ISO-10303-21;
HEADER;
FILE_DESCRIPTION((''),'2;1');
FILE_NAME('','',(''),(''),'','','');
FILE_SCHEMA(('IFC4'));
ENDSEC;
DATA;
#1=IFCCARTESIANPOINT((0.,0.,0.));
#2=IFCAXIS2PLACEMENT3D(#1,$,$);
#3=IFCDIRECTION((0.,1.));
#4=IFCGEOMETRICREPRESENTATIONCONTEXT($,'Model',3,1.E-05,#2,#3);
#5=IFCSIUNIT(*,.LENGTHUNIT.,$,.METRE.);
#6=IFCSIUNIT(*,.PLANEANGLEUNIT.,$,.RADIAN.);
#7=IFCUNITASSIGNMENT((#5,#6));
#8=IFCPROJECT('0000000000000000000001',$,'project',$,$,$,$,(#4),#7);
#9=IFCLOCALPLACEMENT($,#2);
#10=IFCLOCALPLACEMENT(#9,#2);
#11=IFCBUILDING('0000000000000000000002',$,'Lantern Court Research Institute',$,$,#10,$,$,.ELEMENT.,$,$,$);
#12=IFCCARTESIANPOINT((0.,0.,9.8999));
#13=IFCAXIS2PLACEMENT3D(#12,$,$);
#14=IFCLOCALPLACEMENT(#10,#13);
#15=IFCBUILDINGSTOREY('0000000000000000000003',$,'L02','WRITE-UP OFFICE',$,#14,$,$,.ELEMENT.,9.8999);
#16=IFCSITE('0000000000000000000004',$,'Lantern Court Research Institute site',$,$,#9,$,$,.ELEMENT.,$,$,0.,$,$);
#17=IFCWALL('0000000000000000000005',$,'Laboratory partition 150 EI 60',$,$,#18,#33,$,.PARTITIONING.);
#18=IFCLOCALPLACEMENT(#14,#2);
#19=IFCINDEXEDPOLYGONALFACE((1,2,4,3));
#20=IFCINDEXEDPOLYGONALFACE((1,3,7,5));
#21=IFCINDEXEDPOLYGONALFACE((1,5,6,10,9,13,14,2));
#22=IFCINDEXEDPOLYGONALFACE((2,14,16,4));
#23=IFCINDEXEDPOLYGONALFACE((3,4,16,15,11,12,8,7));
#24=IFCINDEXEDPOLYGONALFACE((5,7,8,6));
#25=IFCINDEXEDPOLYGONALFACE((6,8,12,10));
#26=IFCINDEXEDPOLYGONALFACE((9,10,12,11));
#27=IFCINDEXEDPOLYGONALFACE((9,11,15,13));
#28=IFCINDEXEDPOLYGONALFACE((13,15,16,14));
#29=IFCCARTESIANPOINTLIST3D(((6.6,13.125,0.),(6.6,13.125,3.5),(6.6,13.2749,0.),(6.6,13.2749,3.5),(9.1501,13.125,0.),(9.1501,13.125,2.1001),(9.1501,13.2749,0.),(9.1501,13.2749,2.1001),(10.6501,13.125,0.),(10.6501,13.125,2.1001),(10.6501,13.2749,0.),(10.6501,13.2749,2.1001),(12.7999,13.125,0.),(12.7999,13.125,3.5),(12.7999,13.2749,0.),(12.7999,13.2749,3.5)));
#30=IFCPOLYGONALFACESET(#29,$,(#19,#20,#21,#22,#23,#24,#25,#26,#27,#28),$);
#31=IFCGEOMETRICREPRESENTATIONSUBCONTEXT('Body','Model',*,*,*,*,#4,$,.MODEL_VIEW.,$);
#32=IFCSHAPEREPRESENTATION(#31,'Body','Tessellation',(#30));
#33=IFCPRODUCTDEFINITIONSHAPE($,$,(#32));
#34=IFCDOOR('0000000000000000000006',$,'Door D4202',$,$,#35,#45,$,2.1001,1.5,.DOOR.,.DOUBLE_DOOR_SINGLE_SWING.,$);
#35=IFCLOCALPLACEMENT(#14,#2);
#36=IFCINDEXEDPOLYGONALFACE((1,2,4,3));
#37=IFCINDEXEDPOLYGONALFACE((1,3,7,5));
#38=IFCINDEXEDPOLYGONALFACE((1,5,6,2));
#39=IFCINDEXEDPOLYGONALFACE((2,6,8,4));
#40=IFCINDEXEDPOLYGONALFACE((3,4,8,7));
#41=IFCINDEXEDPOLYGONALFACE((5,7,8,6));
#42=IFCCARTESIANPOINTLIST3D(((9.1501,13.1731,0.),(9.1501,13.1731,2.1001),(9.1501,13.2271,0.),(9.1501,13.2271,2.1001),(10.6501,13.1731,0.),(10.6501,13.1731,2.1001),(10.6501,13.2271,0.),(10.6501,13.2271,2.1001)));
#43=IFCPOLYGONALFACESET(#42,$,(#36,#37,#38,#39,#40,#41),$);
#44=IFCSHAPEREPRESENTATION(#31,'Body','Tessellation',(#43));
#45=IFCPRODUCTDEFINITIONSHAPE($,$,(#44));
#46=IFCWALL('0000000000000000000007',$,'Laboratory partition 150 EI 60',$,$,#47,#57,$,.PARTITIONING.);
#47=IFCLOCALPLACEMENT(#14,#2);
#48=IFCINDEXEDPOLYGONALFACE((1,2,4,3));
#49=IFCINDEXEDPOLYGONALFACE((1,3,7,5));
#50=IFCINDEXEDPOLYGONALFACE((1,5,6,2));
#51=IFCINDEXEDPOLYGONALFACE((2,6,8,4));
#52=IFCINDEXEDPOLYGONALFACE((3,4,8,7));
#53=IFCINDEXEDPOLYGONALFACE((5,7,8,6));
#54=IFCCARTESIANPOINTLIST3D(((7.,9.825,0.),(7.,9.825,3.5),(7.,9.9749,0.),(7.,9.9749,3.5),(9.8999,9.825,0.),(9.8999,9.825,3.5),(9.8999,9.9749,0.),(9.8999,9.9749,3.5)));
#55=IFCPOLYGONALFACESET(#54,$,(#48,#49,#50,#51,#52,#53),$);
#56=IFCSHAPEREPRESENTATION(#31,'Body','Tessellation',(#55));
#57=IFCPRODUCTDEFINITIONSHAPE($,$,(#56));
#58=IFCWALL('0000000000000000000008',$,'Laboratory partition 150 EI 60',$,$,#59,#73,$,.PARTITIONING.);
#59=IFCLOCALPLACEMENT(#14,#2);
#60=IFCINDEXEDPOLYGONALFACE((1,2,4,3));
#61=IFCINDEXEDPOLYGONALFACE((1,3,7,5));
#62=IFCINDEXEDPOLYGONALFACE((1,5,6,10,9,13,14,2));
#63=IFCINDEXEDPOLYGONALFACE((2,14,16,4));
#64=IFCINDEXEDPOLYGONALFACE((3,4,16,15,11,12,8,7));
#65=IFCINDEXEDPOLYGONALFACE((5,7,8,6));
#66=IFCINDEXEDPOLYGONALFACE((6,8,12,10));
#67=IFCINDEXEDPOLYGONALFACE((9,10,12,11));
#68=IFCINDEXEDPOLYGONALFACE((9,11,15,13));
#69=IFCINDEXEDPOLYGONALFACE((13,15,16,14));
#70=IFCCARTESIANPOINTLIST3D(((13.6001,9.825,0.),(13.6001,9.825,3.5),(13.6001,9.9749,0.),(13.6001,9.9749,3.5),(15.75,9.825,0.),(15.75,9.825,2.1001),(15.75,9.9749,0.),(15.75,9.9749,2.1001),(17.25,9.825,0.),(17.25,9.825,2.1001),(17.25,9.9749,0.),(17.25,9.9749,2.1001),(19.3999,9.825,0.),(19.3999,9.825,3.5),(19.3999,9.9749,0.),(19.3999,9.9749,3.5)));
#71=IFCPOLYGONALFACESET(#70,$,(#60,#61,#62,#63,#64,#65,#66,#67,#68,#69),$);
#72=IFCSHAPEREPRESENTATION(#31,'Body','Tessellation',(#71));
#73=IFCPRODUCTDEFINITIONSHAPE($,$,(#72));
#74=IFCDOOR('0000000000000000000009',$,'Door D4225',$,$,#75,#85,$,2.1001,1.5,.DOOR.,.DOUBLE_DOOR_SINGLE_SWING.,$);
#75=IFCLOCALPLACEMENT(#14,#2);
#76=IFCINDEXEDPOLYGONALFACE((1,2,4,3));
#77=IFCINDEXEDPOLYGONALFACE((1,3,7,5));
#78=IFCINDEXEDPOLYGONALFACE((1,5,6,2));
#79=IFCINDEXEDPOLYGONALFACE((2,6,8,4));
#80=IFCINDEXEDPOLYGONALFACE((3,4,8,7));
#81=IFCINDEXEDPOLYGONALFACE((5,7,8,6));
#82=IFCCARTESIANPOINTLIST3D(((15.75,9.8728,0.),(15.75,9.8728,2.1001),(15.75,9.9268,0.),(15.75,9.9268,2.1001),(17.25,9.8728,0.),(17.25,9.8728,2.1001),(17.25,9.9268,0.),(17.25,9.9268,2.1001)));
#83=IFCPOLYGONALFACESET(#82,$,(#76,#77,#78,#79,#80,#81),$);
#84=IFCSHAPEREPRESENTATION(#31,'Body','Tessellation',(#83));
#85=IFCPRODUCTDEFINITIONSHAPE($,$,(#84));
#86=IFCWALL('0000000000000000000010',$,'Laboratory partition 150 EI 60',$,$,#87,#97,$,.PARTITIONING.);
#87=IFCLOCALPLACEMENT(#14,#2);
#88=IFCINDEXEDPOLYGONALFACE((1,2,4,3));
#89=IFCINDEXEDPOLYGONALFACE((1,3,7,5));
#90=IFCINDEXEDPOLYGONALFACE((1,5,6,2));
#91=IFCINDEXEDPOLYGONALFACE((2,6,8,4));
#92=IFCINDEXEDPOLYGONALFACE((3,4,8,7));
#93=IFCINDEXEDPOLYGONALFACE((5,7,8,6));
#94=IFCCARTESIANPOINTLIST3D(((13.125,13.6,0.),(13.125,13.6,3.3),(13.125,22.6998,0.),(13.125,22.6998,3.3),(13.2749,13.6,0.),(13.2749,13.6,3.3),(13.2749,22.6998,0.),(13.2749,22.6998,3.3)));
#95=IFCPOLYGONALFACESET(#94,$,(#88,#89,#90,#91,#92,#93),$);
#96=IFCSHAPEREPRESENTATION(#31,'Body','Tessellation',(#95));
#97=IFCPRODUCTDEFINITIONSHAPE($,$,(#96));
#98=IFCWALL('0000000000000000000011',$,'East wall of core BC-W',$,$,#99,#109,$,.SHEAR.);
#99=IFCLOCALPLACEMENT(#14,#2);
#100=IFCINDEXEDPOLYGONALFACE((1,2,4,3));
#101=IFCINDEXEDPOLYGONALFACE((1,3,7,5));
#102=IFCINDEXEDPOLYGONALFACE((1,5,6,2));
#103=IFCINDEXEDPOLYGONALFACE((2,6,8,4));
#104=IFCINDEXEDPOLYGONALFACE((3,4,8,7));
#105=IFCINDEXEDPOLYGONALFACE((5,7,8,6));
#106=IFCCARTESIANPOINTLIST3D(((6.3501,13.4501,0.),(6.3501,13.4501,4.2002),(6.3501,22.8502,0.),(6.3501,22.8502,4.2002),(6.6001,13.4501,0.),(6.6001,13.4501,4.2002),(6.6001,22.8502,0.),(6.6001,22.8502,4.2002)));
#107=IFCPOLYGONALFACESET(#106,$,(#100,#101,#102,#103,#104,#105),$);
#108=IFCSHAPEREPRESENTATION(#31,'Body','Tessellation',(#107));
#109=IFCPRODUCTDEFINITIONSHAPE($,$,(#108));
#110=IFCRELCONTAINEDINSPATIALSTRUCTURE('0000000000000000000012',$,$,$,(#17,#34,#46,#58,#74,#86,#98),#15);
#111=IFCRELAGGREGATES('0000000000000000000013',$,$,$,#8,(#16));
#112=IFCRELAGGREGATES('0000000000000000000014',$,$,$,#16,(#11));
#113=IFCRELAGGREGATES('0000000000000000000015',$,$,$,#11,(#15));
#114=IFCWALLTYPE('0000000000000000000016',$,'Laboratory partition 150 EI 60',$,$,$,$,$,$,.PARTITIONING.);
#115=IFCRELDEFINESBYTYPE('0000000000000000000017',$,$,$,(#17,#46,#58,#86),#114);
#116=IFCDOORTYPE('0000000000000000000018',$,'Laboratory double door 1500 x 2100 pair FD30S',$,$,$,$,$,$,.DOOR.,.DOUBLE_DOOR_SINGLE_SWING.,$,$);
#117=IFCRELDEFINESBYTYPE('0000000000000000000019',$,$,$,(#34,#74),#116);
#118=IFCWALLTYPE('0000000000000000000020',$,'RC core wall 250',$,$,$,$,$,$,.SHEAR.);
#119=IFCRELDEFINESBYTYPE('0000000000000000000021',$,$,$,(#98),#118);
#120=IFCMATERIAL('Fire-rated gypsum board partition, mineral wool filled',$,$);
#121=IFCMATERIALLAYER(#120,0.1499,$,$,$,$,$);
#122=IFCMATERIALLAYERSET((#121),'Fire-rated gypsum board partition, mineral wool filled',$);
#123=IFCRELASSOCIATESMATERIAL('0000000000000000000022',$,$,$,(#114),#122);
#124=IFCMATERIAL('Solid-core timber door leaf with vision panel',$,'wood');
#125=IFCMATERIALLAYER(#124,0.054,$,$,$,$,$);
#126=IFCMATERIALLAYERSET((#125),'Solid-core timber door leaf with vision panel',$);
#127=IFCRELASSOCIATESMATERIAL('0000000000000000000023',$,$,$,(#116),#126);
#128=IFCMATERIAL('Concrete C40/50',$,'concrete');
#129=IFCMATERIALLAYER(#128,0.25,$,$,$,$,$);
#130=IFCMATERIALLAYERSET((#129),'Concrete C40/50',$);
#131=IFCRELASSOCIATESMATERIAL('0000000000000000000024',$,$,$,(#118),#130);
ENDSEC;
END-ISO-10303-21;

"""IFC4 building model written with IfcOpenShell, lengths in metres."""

from ifc_helpers import new_model, si_unit, direction, frame, frame_2d, origin, place, context, subcontext, project, spatial, rectangle, extrude, material, layer, layer_set, type_object, element, fill, save


model = new_model("IFC4")

# Units and contexts
model_context = context("Model", 3, precision=1e-05, world=origin(), true_north=direction((0.0, 1.0)))
body_context = subcontext(model_context, "Body", "Model", "MODEL_VIEW")
ifc_project = project(units=[si_unit("LENGTHUNIT", "METRE"), si_unit("PLANEANGLEUNIT", "RADIAN")], contexts=[model_context])

# Site, building, storey
site_placement = place(None, origin())
site = spatial("IfcSite", under=ifc_project, at=site_placement, Name="Lantern Court Research Institute site", CompositionType="ELEMENT", RefElevation=0.0)
building_placement = place(site_placement, origin())
building = spatial("IfcBuilding", under=site, at=building_placement, Name="Lantern Court Research Institute", CompositionType="ELEMENT")
storey_placement = place(building_placement, frame((0.0, 0.0, 9.8999)))
storey = spatial("IfcBuildingStorey", under=building, at=storey_placement, Name="L02", Description="WRITE-UP OFFICE", CompositionType="ELEMENT", Elevation=9.8999)

# Wall, opening, door
ifc_material_1 = material(Name="Fire-rated gypsum board partition, mineral wool filled")
ifc_layer_1 = layer(ifc_material_1, 0.1499)
ifc_layer_set_1 = layer_set([ifc_layer_1], Name="Fire-rated gypsum board partition, mineral wool filled")
wall_type_1 = type_object("IfcWallType", Name="Laboratory partition 150 EI 60", PredefinedType="PARTITIONING", material=ifc_layer_set_1)
wall_1_placement = place(storey_placement, frame((12.8, 13.2, 0.0), z_axis=(0.0, 0.0, 1.0), x_axis=(-1.0, 0.0, 0.0)))
wall_1 = element("IfcWall", 1, at=wall_1_placement, inside=storey, type_object=wall_type_1, Name="Laboratory partition 150 EI 60", PredefinedType="PARTITIONING", context=body_context, shape_type="SweptSolid", body=[
    extrude(rectangle(XDim=6.2, YDim=0.1499, at=frame_2d((3.1001, 0.0))), origin(), (0.0, 0.0, 1.0), 3.5),
])
opening_1_placement = place(wall_1_placement, frame((2.1499, 0.0, 0.0)))
opening_1 = element("IfcOpeningElement", 2, at=opening_1_placement, cuts=wall_1, PredefinedType="OPENING", context=body_context, shape_type="SweptSolid", body=[
    extrude(rectangle(XDim=1.5, YDim=2.1001, at=frame_2d((0.75, 1.05))), frame((0.0, 0.085, 0.0), z_axis=(0.0, -1.0, 0.0), x_axis=(1.0, 0.0, 0.0)), (0.0, 0.0, 1.0), 0.1699),
])
ifc_material_2 = material(Name="Solid-core timber door leaf with vision panel", Category="wood")
ifc_layer_2 = layer(ifc_material_2, 0.054)
ifc_layer_set_2 = layer_set([ifc_layer_2], Name="Solid-core timber door leaf with vision panel")
door_type = type_object("IfcDoorType", Name="Laboratory double door 1500 x 2100 pair FD30S", OperationType="DOUBLE_DOOR_SINGLE_SWING", PredefinedType="DOOR", material=ifc_layer_set_2)
door_1_placement = place(opening_1_placement, origin())
door_1 = element("IfcDoor", 3, at=door_1_placement, inside=storey, type_object=door_type, Name="Door D4202", OperationType="DOUBLE_DOOR_SINGLE_SWING", OverallHeight=2.1001, OverallWidth=1.5, PredefinedType="DOOR", context=body_context, shape_type="SweptSolid", body=[
    extrude(rectangle(XDim=1.5, YDim=2.1001, at=frame_2d((0.75, 1.05))), frame((0.0, 0.0269, 0.0), z_axis=(0.0, -1.0, 0.0), x_axis=(1.0, 0.0, 0.0)), (0.0, 0.0, 1.0), 0.054),
])
fill(opening_1, door_1)

# Wall
wall_2_placement = place(storey_placement, frame((7.0, 9.8999, 0.0), z_axis=(0.0, 0.0, 1.0), x_axis=(1.0, 0.0, 0.0)))
element("IfcWall", 4, at=wall_2_placement, inside=storey, type_object=wall_type_1, Name="Laboratory partition 150 EI 60", PredefinedType="PARTITIONING", context=body_context, shape_type="SweptSolid", body=[
    extrude(rectangle(XDim=2.8999, YDim=0.1499, at=frame_2d((1.45, 0.0))), origin(), (0.0, 0.0, 1.0), 3.5),
])

# Wall, opening, door
wall_3_placement = place(storey_placement, frame((13.6001, 9.8999, 0.0), z_axis=(0.0, 0.0, 1.0), x_axis=(1.0, 0.0, 0.0)))
wall_3 = element("IfcWall", 5, at=wall_3_placement, inside=storey, type_object=wall_type_1, Name="Laboratory partition 150 EI 60", PredefinedType="PARTITIONING", context=body_context, shape_type="SweptSolid", body=[
    extrude(rectangle(XDim=5.7998, YDim=0.1499, at=frame_2d((2.8999, 0.0))), origin(), (0.0, 0.0, 1.0), 3.5),
])
opening_2_placement = place(wall_3_placement, frame((2.1499, 0.0, 0.0)))
opening_2 = element("IfcOpeningElement", 6, at=opening_2_placement, cuts=wall_3, PredefinedType="OPENING", context=body_context, shape_type="SweptSolid", body=[
    extrude(rectangle(XDim=1.5, YDim=2.1001, at=frame_2d((0.75, 1.05))), frame((0.0, 0.085, 0.0), z_axis=(0.0, -1.0, 0.0), x_axis=(1.0, 0.0, 0.0)), (0.0, 0.0, 1.0), 0.1699),
])
door_2_placement = place(opening_2_placement, origin())
door_2 = element("IfcDoor", 7, at=door_2_placement, inside=storey, type_object=door_type, Name="Door D4225", OperationType="DOUBLE_DOOR_SINGLE_SWING", OverallHeight=2.1001, OverallWidth=1.5, PredefinedType="DOOR", context=body_context, shape_type="SweptSolid", body=[
    extrude(rectangle(XDim=1.5, YDim=2.1001, at=frame_2d((0.75, 1.05))), frame((0.0, 0.0269, 0.0), z_axis=(0.0, -1.0, 0.0), x_axis=(1.0, 0.0, 0.0)), (0.0, 0.0, 1.0), 0.054),
])
fill(opening_2, door_2)

# Walls
wall_4_placement = place(storey_placement, frame((13.2, 13.6001, 0.0), z_axis=(0.0, 0.0, 1.0), x_axis=(0.0, 1.0, 0.0)))
element("IfcWall", 8, at=wall_4_placement, inside=storey, type_object=wall_type_1, Name="Laboratory partition 150 EI 60", PredefinedType="PARTITIONING", context=body_context, shape_type="SweptSolid", body=[
    extrude(rectangle(XDim=9.0999, YDim=0.1499, at=frame_2d((4.5498, 0.0))), origin(), (0.0, 0.0, 1.0), 3.3),
])
ifc_material_3 = material(Name="Concrete C40/50", Category="concrete")
ifc_layer_3 = layer(ifc_material_3, 0.25)
ifc_layer_set_3 = layer_set([ifc_layer_3], Name="Concrete C40/50")
wall_type_2 = type_object("IfcWallType", Name="RC core wall 250", PredefinedType="SHEAR", material=ifc_layer_set_3)
wall_5_placement = place(storey_placement, frame((6.4751, 13.45, 0.0), z_axis=(0.0, 0.0, 1.0), x_axis=(0.0, 1.0, 0.0)))
element("IfcWall", 9, at=wall_5_placement, inside=storey, type_object=wall_type_2, Name="East wall of core BC-W", PredefinedType="SHEAR", context=body_context, shape_type="SweptSolid", body=[
    extrude(rectangle(XDim=9.4001, YDim=0.25, at=frame_2d((4.7002, 0.0))), origin(), (0.0, 0.0, 1.0), 4.2002),
])

save(model, "model.ifc")
